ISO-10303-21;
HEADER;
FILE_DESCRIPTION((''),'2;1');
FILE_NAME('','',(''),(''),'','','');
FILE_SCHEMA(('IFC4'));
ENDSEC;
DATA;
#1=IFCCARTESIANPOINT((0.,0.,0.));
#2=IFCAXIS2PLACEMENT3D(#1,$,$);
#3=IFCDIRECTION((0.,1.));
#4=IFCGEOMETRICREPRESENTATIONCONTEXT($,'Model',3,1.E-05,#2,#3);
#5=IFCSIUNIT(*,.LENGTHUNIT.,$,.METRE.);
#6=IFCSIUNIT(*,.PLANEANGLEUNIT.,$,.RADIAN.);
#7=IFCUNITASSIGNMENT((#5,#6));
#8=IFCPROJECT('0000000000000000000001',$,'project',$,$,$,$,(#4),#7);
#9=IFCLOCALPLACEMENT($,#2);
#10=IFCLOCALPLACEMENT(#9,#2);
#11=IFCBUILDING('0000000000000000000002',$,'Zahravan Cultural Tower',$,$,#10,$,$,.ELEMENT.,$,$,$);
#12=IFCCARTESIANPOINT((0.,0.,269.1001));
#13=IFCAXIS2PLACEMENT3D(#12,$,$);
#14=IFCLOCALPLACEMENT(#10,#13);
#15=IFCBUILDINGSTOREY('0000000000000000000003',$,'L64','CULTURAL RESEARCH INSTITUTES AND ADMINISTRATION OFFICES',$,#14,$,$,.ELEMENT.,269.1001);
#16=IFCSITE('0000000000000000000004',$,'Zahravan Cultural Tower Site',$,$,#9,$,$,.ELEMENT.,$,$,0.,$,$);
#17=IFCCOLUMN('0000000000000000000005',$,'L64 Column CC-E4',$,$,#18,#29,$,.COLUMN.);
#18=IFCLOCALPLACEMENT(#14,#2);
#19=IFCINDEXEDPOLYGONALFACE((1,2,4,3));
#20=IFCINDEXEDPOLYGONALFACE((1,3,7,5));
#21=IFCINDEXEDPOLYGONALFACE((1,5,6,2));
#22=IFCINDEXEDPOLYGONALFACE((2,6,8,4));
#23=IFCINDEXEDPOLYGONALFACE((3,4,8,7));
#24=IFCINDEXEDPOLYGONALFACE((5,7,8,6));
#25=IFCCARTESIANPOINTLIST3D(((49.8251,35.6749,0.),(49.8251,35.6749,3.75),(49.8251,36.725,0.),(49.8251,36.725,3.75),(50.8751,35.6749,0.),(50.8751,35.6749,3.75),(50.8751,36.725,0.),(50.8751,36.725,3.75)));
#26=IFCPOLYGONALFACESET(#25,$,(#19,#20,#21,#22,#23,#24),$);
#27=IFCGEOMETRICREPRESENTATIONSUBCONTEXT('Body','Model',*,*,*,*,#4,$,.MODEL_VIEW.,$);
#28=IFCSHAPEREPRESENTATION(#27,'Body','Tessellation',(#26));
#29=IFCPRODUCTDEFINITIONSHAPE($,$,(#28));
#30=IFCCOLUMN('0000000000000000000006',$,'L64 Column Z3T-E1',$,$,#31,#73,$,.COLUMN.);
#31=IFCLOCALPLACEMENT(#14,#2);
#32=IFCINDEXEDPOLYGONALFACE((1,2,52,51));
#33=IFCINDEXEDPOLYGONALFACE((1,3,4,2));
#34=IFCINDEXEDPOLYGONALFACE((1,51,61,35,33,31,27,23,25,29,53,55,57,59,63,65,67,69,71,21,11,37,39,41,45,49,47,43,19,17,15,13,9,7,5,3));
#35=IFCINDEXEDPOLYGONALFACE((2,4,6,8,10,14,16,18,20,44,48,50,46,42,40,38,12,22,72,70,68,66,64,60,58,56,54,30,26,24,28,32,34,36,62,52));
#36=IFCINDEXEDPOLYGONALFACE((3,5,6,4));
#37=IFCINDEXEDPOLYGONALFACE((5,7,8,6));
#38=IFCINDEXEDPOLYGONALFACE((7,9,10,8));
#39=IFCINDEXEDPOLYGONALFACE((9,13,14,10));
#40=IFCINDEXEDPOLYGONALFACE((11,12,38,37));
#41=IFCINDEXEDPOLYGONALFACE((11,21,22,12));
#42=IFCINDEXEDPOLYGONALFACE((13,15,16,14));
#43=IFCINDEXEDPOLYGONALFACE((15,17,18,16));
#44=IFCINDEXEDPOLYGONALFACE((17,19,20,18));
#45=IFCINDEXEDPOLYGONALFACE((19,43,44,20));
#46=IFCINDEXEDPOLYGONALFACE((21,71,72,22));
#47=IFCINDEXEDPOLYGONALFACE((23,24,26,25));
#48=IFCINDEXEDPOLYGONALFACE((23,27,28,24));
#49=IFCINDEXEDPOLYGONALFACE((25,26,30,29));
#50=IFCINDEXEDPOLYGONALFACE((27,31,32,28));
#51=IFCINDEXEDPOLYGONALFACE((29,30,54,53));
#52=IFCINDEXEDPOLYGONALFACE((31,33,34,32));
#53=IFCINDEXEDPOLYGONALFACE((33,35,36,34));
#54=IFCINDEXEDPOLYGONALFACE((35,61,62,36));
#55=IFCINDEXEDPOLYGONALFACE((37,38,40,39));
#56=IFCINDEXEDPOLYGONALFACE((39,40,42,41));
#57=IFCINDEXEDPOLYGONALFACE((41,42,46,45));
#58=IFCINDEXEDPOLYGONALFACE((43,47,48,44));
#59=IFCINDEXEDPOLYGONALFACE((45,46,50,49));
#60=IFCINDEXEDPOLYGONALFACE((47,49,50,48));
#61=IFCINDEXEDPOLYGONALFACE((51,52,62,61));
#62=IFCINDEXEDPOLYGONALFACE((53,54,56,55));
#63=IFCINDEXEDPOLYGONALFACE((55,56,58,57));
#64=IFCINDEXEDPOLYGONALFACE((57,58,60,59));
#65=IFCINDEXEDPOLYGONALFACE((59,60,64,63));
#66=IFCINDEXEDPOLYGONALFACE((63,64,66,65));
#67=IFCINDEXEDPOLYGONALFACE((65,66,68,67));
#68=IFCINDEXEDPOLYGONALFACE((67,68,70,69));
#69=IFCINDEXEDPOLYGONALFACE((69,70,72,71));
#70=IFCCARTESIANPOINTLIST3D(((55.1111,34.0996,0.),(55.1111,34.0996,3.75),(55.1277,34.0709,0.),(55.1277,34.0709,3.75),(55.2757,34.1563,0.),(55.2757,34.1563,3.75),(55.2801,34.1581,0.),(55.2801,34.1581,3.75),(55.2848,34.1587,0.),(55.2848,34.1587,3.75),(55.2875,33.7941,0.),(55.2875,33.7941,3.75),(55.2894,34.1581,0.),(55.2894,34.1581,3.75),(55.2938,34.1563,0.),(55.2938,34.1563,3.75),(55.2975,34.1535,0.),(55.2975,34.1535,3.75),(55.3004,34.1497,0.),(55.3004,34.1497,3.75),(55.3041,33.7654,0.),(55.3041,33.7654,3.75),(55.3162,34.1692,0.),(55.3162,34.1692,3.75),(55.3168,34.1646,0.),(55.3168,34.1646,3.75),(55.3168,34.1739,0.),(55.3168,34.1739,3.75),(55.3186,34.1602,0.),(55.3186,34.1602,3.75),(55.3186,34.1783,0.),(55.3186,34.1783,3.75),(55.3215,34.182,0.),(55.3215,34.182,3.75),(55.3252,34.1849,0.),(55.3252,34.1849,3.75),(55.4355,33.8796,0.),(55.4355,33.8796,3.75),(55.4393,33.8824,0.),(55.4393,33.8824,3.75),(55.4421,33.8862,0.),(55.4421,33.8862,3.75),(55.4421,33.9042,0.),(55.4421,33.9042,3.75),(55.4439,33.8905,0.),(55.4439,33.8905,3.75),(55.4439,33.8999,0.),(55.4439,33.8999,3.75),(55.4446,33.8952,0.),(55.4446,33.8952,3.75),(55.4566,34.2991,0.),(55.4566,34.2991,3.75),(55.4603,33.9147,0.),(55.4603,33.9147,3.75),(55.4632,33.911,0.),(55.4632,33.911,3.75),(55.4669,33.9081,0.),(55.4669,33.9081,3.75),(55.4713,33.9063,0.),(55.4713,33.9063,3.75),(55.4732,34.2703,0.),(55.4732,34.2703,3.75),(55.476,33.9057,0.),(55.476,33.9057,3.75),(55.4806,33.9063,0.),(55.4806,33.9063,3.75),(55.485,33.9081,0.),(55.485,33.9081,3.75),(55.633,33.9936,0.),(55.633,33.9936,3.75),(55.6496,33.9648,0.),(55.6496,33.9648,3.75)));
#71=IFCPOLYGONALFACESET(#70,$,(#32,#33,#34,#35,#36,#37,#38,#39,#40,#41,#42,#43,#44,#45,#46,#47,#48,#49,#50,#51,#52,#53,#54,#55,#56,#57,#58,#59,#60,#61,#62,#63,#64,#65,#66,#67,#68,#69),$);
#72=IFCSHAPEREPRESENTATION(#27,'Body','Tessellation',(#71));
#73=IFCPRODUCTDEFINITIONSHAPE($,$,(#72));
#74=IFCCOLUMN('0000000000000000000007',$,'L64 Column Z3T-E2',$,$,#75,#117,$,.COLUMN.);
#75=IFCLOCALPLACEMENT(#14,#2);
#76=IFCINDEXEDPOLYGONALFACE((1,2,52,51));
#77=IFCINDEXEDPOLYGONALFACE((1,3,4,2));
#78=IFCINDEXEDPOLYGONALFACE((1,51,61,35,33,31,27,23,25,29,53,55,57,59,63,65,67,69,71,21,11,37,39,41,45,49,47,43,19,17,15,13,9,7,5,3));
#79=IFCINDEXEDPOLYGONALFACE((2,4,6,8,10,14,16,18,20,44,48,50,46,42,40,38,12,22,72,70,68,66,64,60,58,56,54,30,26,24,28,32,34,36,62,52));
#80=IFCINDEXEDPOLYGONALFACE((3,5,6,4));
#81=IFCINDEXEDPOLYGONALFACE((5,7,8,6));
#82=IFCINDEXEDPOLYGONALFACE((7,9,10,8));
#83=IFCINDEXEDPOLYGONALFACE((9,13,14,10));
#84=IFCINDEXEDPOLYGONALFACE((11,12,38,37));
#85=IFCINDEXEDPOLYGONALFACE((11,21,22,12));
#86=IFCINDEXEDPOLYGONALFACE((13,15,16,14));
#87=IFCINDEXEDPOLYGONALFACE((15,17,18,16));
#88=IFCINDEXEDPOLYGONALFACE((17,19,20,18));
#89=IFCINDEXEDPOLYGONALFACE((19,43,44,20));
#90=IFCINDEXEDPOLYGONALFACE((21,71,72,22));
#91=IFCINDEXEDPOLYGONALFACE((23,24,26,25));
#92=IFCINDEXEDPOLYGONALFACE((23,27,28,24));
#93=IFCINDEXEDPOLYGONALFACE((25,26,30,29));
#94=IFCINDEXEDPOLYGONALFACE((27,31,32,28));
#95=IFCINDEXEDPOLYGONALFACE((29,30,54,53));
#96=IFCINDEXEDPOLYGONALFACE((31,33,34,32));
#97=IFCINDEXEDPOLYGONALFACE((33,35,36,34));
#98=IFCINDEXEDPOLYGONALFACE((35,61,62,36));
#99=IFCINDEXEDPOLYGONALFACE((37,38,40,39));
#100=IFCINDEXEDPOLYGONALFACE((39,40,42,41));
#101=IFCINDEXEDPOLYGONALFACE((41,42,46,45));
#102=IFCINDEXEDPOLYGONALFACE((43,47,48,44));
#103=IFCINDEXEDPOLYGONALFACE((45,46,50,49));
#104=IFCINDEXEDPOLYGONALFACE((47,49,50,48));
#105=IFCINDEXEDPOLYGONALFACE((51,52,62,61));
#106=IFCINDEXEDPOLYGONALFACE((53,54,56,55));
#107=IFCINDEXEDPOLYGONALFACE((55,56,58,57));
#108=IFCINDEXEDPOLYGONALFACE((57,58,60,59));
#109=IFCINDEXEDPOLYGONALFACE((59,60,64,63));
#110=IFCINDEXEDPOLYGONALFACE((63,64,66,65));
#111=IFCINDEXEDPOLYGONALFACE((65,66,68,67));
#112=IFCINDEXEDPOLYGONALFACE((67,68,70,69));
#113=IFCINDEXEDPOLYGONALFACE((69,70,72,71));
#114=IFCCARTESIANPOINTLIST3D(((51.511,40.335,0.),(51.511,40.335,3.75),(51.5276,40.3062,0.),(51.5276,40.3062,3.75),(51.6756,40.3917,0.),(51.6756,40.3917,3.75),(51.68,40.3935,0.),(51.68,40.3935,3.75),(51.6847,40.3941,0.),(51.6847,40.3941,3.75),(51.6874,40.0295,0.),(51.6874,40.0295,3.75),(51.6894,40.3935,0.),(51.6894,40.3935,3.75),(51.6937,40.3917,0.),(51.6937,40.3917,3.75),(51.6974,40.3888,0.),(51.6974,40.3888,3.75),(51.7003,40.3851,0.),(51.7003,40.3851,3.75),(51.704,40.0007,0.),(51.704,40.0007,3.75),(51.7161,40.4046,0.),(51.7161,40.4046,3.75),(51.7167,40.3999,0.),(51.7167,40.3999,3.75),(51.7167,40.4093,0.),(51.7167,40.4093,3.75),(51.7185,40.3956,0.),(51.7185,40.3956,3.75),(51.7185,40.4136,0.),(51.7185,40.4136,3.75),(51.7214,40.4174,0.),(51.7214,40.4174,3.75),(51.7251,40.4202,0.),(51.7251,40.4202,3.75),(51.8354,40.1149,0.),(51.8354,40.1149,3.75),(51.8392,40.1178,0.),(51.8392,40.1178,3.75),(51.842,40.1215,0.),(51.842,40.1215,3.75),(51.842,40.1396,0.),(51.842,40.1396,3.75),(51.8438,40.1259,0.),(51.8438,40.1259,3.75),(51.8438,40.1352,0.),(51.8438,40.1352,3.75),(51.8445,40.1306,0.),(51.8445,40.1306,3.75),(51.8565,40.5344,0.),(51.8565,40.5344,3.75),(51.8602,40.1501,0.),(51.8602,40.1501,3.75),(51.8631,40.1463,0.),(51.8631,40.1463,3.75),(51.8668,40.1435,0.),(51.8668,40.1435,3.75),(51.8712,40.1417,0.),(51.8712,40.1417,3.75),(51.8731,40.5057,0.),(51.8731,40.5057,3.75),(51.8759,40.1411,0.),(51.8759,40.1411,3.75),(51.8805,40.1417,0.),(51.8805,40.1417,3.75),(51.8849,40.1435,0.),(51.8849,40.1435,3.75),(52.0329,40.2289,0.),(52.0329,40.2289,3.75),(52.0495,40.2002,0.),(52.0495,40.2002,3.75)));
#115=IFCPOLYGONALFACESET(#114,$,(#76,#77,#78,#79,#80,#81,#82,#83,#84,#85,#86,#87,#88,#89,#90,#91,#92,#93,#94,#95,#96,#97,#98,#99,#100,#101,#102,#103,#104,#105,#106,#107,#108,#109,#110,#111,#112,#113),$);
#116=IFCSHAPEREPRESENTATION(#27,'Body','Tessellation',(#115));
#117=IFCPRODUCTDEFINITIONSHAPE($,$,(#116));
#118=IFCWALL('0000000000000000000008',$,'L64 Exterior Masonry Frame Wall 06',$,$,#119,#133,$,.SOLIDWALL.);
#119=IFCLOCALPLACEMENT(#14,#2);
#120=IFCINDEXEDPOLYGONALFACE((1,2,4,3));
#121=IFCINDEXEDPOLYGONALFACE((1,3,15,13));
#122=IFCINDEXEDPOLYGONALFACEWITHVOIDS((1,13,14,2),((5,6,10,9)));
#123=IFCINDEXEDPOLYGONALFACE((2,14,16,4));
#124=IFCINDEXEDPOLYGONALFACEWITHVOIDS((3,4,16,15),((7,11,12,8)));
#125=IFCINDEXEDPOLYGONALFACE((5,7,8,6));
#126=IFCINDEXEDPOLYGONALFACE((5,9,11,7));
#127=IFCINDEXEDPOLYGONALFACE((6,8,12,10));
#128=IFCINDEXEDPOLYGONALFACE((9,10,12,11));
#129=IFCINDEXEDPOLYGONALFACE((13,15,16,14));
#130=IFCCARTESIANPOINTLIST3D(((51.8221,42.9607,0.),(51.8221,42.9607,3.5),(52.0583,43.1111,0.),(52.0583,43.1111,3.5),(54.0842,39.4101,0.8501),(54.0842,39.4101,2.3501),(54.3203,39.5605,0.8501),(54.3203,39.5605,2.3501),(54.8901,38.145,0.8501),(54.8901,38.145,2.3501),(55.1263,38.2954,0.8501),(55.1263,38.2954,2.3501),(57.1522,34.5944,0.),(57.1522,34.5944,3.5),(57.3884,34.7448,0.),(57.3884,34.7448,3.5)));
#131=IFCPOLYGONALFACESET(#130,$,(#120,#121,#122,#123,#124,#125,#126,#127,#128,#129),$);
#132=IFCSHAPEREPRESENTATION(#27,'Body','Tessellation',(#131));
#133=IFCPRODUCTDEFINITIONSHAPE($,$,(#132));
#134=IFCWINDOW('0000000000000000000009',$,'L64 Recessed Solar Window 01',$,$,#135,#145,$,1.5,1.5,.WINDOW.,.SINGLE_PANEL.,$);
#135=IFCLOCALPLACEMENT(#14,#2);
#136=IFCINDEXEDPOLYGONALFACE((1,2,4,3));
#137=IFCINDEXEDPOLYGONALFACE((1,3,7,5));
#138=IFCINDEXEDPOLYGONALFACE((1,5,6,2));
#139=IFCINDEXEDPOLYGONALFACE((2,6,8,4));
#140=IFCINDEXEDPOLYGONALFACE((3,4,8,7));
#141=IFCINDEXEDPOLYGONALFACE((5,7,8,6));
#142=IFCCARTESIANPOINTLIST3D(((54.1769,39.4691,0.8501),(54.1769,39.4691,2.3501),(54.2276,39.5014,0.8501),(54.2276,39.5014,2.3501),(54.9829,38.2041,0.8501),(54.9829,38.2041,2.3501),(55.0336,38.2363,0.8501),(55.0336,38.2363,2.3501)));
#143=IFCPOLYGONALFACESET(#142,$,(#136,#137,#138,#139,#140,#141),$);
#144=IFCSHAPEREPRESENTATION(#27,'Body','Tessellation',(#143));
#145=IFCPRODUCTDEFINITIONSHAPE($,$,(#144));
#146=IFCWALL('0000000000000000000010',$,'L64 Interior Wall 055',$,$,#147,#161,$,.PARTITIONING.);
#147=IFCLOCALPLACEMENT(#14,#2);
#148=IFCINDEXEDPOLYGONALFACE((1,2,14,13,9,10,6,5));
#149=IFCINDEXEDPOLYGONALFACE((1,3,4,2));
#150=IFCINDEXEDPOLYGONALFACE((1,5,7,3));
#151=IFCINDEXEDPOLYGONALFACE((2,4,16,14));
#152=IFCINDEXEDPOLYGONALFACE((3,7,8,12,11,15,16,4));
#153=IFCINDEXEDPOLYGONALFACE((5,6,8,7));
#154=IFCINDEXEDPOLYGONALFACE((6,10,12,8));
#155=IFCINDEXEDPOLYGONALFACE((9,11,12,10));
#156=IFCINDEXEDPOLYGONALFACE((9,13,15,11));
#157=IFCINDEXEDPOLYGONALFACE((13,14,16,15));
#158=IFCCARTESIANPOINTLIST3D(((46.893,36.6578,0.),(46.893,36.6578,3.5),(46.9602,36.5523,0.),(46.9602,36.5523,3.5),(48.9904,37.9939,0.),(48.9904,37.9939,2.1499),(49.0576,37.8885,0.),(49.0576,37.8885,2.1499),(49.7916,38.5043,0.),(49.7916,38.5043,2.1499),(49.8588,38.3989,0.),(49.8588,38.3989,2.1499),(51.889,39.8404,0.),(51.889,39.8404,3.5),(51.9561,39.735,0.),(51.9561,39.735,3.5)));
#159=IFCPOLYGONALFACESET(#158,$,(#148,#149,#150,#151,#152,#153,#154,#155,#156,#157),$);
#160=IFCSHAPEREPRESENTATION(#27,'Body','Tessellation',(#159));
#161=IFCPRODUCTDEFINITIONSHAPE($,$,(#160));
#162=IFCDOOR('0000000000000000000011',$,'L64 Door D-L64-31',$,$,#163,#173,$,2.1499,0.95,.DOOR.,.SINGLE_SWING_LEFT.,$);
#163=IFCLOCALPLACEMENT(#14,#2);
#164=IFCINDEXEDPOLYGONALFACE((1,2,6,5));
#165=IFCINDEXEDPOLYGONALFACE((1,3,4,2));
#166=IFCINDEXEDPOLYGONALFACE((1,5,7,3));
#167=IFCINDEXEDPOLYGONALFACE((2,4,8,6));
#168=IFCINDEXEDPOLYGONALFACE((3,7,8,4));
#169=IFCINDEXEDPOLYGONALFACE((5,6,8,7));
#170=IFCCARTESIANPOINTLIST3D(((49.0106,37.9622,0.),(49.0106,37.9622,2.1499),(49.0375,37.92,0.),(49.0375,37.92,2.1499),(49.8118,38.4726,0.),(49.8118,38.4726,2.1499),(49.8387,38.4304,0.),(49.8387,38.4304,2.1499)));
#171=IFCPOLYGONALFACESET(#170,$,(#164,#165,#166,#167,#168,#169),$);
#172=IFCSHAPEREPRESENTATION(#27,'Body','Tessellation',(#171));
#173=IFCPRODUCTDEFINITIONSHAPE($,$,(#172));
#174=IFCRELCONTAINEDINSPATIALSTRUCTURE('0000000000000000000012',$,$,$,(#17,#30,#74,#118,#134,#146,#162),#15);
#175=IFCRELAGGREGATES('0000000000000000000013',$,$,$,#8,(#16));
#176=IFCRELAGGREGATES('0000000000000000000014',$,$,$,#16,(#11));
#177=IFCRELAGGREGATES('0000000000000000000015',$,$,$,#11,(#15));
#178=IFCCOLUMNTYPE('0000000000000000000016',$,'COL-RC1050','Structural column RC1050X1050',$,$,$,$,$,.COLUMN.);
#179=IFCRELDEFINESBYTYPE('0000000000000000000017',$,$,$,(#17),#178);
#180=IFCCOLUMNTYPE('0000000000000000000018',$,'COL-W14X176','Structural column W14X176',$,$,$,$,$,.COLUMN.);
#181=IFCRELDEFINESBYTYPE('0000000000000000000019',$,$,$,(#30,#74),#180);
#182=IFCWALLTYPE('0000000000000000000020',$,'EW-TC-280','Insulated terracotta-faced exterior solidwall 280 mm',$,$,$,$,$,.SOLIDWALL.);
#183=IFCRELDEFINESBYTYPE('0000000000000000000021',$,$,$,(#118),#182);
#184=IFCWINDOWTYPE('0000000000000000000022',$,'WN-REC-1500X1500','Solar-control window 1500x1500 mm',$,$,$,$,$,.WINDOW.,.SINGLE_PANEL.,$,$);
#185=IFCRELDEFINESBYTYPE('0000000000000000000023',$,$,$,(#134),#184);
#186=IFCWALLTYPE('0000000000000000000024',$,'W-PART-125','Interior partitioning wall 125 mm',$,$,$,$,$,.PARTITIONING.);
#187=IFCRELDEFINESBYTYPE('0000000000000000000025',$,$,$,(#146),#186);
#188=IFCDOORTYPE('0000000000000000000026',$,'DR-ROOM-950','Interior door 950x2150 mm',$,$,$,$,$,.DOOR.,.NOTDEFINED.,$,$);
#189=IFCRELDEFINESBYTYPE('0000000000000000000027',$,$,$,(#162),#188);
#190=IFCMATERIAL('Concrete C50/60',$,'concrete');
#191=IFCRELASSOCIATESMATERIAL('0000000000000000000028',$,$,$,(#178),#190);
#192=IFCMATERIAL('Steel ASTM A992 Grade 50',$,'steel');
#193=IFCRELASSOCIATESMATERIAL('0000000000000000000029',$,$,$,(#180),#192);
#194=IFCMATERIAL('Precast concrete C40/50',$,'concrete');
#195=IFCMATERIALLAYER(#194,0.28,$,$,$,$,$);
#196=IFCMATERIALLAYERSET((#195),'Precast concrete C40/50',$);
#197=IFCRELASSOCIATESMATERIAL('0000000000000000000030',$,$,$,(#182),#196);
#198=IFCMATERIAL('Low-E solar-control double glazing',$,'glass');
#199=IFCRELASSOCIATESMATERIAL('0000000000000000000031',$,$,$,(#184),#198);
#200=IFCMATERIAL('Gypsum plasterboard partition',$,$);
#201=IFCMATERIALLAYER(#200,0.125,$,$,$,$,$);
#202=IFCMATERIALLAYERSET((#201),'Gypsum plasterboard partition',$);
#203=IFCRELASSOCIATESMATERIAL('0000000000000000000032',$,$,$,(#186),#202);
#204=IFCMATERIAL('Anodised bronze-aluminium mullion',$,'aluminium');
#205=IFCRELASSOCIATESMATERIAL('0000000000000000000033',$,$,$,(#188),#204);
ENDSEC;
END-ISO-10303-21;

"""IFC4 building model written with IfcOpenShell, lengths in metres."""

from ifc_helpers import new_model, si_unit, direction, frame, frame_2d, origin, origin_2d, place, context, subcontext, project, spatial, rectangle, i_section, extrude, source, transform, mapped, material, layer, layer_set, material_profile, profile_set, type_object, element, fill, save


model = new_model("IFC4")

# Units and contexts
model_context = context("Model", 3, precision=1e-05, world=origin(), true_north=direction((0.0, 1.0)))
body_context = subcontext(model_context, "Body", "Model", "MODEL_VIEW")
ifc_project = project(units=[si_unit("LENGTHUNIT", "METRE"), si_unit("PLANEANGLEUNIT", "RADIAN")], contexts=[model_context])

# Site, building, storey
site_placement = place(None, origin())
site = spatial("IfcSite", under=ifc_project, at=site_placement, Name="Zahravan Cultural Tower Site", CompositionType="ELEMENT", RefElevation=0.0)
building_placement = place(site_placement, origin())
building = spatial("IfcBuilding", under=site, at=building_placement, Name="Zahravan Cultural Tower", CompositionType="ELEMENT")
storey_placement = place(building_placement, frame((0.0, 0.0, 269.1001)))
storey = spatial("IfcBuildingStorey", under=building, at=storey_placement, Name="L64", Description="CULTURAL RESEARCH INSTITUTES AND ADMINISTRATION OFFICES", CompositionType="ELEMENT", Elevation=269.1001)

# Columns
ifc_material_1 = material(Name="Concrete C50/60", Category="concrete")
ifc_material_profile_1 = material_profile(ifc_material_1, rectangle(XDim=1.05, YDim=1.05, at=origin_2d()), Name="RC1050X1050")
ifc_profile_set_1 = profile_set([ifc_material_profile_1], Name="Concrete C50/60")
column_type_1 = type_object("IfcColumnType", Name="COL-RC1050", Description="Structural column RC1050X1050", PredefinedType="COLUMN", material=ifc_profile_set_1)
shared_shape_1 = source(origin(), body_context, "Body", "SweptSolid", [
    extrude(rectangle(XDim=1.05, YDim=1.05, at=origin_2d()), origin(), (0.0, 0.0, 1.0), 3.75),
])
column_placement = place(storey_placement, frame((50.3501, 36.2, 0.0), z_axis=(0.0, 0.0, 1.0), x_axis=(1.0, 0.0, 0.0)))
element("IfcColumn", 1, at=column_placement, inside=storey, type_object=column_type_1, Name="L64 Column CC-E4", PredefinedType="COLUMN", context=body_context, shape_type="MappedRepresentation", body=[
    mapped(shared_shape_1, transform((0.0, 0.0, 0.0), x_axis=(1.0, 0.0, 0.0), y_axis=(0.0, 1.0, 0.0), z_axis=(0.0, 0.0, 1.0), scale=1.0)),
])
ifc_material_2 = material(Name="Steel ASTM A992 Grade 50", Category="steel")
ifc_material_profile_2 = material_profile(ifc_material_2, i_section(OverallWidth=0.3989, OverallDepth=0.386, WebThickness=0.021, FlangeThickness=0.0332, FilletRadius=0.0181, at=origin_2d()), Name="W14X176")
ifc_profile_set_2 = profile_set([ifc_material_profile_2], Name="Steel ASTM A992 Grade 50")
column_type_2 = type_object("IfcColumnType", Name="COL-W14X176", Description="Structural column W14X176", PredefinedType="COLUMN", material=ifc_profile_set_2)
shared_shape_2 = source(origin(), body_context, "Body", "SweptSolid", [
    extrude(i_section(OverallWidth=0.3989, OverallDepth=0.386, WebThickness=0.021, FlangeThickness=0.0332, FilletRadius=0.0181, at=origin_2d()), origin(), (0.0, 0.0, 1.0), 3.75),
])
for number, where, z_axis, x_axis, name in (
    (2, (55.3804, 34.0322, 0.0), (0.0, 0.0, 1.0), (0.866025, 0.5, 0.0), "L64 Column Z3T-E1"),
    (3, (51.7803, 40.2676, 0.0), (0.0, 0.0, 1.0), (0.866025, 0.5, 0.0), "L64 Column Z3T-E2"),
):
    element("IfcColumn", number, at=place(storey_placement, frame(where, z_axis=z_axis, x_axis=x_axis)), inside=storey, type_object=column_type_2, Name=name, PredefinedType="COLUMN", context=body_context, shape_type="MappedRepresentation", body=[
        mapped(shared_shape_2, transform((0.0, 0.0, 0.0), x_axis=(1.0, 0.0, 0.0), y_axis=(0.0, 1.0, 0.0), z_axis=(0.0, 0.0, 1.0), scale=1.0)),
    ])

# Wall, opening, window
ifc_material_3 = material(Name="Precast concrete C40/50", Category="concrete")
ifc_layer_1 = layer(ifc_material_3, 0.28)
ifc_layer_set_1 = layer_set([ifc_layer_1], Name="Precast concrete C40/50")
wall_type_1 = type_object("IfcWallType", Name="EW-TC-280", Description="Insulated terracotta-faced exterior solidwall 280 mm", PredefinedType="SOLIDWALL", material=ifc_layer_set_1)
wall_1_placement = place(storey_placement, frame((51.9402, 43.0359, 0.0), z_axis=(0.0, 0.0, 1.0), x_axis=(0.537315, -0.843382, 0.0)))
wall_1 = element("IfcWall", 4, at=wall_1_placement, inside=storey, type_object=wall_type_1, Name="L64 Exterior Masonry Frame Wall 06", PredefinedType="SOLIDWALL", context=body_context, shape_type="SweptSolid", body=[
    extrude(rectangle(XDim=9.9199, YDim=0.28, at=frame_2d((4.96, 0.0))), origin(), (0.0, 0.0, 1.0), 3.5),
])
opening_1_placement = place(wall_1_placement, frame((4.21, 0.0, 0.8501)))
opening_1 = element("IfcOpeningElement", 5, at=opening_1_placement, cuts=wall_1, PredefinedType="OPENING", context=body_context, shape_type="SweptSolid", body=[
    extrude(rectangle(XDim=1.5, YDim=1.5, at=frame_2d((0.75, 0.75))), frame((0.0, 0.1499, 0.0), z_axis=(0.0, -1.0, 0.0), x_axis=(1.0, 0.0, 0.0)), (0.0, 0.0, 1.0), 0.3),
])
ifc_material_4 = material(Name="Low-E solar-control double glazing", Category="glass")
window_type = type_object("IfcWindowType", Name="WN-REC-1500X1500", Description="Solar-control window 1500x1500 mm", PartitioningType="SINGLE_PANEL", PredefinedType="WINDOW", material=ifc_material_4)
shared_shape_3 = source(origin(), body_context, "Body", "SweptSolid", [
    extrude(rectangle(XDim=1.5, YDim=1.5, at=frame_2d((0.75, 0.75))), frame((0.0, 0.03, 0.0), z_axis=(0.0, -1.0, 0.0), x_axis=(1.0, 0.0, 0.0)), (0.0, 0.0, 1.0), 0.0601),
])
window_placement = place(opening_1_placement, origin())
window = element("IfcWindow", 6, at=window_placement, inside=storey, type_object=window_type, Name="L64 Recessed Solar Window 01", OverallHeight=1.5, OverallWidth=1.5, PartitioningType="SINGLE_PANEL", PredefinedType="WINDOW", context=body_context, shape_type="MappedRepresentation", body=[
    mapped(shared_shape_3, transform((0.0, 0.0, 0.0), x_axis=(1.0, 0.0, 0.0), y_axis=(0.0, 1.0, 0.0), z_axis=(0.0, 0.0, 1.0), scale=1.0)),
])
fill(opening_1, window)

# Wall, opening, door
ifc_material_5 = material(Name="Gypsum plasterboard partition")
ifc_layer_2 = layer(ifc_material_5, 0.125)
ifc_layer_set_2 = layer_set([ifc_layer_2], Name="Gypsum plasterboard partition")
wall_type_2 = type_object("IfcWallType", Name="W-PART-125", Description="Interior partitioning wall 125 mm", PredefinedType="PARTITIONING", material=ifc_layer_set_2)
wall_2_placement = place(storey_placement, frame((46.9265, 36.605, 0.0), z_axis=(0.0, 0.0, 1.0), x_axis=(0.843398, 0.537289, 0.0)))
wall_2 = element("IfcWall", 7, at=wall_2_placement, inside=storey, type_object=wall_type_2, Name="L64 Interior Wall 055", PredefinedType="PARTITIONING", context=body_context, shape_type="SweptSolid", body=[
    extrude(rectangle(XDim=5.9236, YDim=0.125, at=frame_2d((2.9619, 0.0))), origin(), (0.0, 0.0, 1.0), 3.5),
])
opening_2_placement = place(wall_2_placement, frame((2.4868, 0.0, 0.0)))
opening_2 = element("IfcOpeningElement", 8, at=opening_2_placement, cuts=wall_2, PredefinedType="OPENING", context=body_context, shape_type="SweptSolid", body=[
    extrude(rectangle(XDim=0.95, YDim=2.1499, at=frame_2d((0.4751, 1.075))), frame((0.0, 0.0725, 0.0), z_axis=(0.0, -1.0, 0.0), x_axis=(1.0, 0.0, 0.0)), (0.0, 0.0, 1.0), 0.145),
])
ifc_material_6 = material(Name="Anodised bronze-aluminium mullion", Category="aluminium")
door_type = type_object("IfcDoorType", Name="DR-ROOM-950", Description="Interior door 950x2150 mm", OperationType="NOTDEFINED", PredefinedType="DOOR", material=ifc_material_6)
shared_shape_4 = source(origin(), body_context, "Body", "SweptSolid", [
    extrude(rectangle(XDim=0.95, YDim=2.1499, at=frame_2d((0.4751, 1.075))), frame((0.0, 0.0249, 0.0), z_axis=(0.0, -1.0, 0.0), x_axis=(1.0, 0.0, 0.0)), (0.0, 0.0, 1.0), 0.05),
])
door_placement = place(opening_2_placement, origin())
door = element("IfcDoor", 9, at=door_placement, inside=storey, type_object=door_type, Name="L64 Door D-L64-31", OperationType="SINGLE_SWING_LEFT", OverallHeight=2.1499, OverallWidth=0.95, PredefinedType="DOOR", context=body_context, shape_type="MappedRepresentation", body=[
    mapped(shared_shape_4, transform((0.0, 0.0, 0.0), x_axis=(1.0, 0.0, 0.0), y_axis=(0.0, 1.0, 0.0), z_axis=(0.0, 0.0, 1.0), scale=1.0)),
])
fill(opening_2, door)

save(model, "model.ifc")
